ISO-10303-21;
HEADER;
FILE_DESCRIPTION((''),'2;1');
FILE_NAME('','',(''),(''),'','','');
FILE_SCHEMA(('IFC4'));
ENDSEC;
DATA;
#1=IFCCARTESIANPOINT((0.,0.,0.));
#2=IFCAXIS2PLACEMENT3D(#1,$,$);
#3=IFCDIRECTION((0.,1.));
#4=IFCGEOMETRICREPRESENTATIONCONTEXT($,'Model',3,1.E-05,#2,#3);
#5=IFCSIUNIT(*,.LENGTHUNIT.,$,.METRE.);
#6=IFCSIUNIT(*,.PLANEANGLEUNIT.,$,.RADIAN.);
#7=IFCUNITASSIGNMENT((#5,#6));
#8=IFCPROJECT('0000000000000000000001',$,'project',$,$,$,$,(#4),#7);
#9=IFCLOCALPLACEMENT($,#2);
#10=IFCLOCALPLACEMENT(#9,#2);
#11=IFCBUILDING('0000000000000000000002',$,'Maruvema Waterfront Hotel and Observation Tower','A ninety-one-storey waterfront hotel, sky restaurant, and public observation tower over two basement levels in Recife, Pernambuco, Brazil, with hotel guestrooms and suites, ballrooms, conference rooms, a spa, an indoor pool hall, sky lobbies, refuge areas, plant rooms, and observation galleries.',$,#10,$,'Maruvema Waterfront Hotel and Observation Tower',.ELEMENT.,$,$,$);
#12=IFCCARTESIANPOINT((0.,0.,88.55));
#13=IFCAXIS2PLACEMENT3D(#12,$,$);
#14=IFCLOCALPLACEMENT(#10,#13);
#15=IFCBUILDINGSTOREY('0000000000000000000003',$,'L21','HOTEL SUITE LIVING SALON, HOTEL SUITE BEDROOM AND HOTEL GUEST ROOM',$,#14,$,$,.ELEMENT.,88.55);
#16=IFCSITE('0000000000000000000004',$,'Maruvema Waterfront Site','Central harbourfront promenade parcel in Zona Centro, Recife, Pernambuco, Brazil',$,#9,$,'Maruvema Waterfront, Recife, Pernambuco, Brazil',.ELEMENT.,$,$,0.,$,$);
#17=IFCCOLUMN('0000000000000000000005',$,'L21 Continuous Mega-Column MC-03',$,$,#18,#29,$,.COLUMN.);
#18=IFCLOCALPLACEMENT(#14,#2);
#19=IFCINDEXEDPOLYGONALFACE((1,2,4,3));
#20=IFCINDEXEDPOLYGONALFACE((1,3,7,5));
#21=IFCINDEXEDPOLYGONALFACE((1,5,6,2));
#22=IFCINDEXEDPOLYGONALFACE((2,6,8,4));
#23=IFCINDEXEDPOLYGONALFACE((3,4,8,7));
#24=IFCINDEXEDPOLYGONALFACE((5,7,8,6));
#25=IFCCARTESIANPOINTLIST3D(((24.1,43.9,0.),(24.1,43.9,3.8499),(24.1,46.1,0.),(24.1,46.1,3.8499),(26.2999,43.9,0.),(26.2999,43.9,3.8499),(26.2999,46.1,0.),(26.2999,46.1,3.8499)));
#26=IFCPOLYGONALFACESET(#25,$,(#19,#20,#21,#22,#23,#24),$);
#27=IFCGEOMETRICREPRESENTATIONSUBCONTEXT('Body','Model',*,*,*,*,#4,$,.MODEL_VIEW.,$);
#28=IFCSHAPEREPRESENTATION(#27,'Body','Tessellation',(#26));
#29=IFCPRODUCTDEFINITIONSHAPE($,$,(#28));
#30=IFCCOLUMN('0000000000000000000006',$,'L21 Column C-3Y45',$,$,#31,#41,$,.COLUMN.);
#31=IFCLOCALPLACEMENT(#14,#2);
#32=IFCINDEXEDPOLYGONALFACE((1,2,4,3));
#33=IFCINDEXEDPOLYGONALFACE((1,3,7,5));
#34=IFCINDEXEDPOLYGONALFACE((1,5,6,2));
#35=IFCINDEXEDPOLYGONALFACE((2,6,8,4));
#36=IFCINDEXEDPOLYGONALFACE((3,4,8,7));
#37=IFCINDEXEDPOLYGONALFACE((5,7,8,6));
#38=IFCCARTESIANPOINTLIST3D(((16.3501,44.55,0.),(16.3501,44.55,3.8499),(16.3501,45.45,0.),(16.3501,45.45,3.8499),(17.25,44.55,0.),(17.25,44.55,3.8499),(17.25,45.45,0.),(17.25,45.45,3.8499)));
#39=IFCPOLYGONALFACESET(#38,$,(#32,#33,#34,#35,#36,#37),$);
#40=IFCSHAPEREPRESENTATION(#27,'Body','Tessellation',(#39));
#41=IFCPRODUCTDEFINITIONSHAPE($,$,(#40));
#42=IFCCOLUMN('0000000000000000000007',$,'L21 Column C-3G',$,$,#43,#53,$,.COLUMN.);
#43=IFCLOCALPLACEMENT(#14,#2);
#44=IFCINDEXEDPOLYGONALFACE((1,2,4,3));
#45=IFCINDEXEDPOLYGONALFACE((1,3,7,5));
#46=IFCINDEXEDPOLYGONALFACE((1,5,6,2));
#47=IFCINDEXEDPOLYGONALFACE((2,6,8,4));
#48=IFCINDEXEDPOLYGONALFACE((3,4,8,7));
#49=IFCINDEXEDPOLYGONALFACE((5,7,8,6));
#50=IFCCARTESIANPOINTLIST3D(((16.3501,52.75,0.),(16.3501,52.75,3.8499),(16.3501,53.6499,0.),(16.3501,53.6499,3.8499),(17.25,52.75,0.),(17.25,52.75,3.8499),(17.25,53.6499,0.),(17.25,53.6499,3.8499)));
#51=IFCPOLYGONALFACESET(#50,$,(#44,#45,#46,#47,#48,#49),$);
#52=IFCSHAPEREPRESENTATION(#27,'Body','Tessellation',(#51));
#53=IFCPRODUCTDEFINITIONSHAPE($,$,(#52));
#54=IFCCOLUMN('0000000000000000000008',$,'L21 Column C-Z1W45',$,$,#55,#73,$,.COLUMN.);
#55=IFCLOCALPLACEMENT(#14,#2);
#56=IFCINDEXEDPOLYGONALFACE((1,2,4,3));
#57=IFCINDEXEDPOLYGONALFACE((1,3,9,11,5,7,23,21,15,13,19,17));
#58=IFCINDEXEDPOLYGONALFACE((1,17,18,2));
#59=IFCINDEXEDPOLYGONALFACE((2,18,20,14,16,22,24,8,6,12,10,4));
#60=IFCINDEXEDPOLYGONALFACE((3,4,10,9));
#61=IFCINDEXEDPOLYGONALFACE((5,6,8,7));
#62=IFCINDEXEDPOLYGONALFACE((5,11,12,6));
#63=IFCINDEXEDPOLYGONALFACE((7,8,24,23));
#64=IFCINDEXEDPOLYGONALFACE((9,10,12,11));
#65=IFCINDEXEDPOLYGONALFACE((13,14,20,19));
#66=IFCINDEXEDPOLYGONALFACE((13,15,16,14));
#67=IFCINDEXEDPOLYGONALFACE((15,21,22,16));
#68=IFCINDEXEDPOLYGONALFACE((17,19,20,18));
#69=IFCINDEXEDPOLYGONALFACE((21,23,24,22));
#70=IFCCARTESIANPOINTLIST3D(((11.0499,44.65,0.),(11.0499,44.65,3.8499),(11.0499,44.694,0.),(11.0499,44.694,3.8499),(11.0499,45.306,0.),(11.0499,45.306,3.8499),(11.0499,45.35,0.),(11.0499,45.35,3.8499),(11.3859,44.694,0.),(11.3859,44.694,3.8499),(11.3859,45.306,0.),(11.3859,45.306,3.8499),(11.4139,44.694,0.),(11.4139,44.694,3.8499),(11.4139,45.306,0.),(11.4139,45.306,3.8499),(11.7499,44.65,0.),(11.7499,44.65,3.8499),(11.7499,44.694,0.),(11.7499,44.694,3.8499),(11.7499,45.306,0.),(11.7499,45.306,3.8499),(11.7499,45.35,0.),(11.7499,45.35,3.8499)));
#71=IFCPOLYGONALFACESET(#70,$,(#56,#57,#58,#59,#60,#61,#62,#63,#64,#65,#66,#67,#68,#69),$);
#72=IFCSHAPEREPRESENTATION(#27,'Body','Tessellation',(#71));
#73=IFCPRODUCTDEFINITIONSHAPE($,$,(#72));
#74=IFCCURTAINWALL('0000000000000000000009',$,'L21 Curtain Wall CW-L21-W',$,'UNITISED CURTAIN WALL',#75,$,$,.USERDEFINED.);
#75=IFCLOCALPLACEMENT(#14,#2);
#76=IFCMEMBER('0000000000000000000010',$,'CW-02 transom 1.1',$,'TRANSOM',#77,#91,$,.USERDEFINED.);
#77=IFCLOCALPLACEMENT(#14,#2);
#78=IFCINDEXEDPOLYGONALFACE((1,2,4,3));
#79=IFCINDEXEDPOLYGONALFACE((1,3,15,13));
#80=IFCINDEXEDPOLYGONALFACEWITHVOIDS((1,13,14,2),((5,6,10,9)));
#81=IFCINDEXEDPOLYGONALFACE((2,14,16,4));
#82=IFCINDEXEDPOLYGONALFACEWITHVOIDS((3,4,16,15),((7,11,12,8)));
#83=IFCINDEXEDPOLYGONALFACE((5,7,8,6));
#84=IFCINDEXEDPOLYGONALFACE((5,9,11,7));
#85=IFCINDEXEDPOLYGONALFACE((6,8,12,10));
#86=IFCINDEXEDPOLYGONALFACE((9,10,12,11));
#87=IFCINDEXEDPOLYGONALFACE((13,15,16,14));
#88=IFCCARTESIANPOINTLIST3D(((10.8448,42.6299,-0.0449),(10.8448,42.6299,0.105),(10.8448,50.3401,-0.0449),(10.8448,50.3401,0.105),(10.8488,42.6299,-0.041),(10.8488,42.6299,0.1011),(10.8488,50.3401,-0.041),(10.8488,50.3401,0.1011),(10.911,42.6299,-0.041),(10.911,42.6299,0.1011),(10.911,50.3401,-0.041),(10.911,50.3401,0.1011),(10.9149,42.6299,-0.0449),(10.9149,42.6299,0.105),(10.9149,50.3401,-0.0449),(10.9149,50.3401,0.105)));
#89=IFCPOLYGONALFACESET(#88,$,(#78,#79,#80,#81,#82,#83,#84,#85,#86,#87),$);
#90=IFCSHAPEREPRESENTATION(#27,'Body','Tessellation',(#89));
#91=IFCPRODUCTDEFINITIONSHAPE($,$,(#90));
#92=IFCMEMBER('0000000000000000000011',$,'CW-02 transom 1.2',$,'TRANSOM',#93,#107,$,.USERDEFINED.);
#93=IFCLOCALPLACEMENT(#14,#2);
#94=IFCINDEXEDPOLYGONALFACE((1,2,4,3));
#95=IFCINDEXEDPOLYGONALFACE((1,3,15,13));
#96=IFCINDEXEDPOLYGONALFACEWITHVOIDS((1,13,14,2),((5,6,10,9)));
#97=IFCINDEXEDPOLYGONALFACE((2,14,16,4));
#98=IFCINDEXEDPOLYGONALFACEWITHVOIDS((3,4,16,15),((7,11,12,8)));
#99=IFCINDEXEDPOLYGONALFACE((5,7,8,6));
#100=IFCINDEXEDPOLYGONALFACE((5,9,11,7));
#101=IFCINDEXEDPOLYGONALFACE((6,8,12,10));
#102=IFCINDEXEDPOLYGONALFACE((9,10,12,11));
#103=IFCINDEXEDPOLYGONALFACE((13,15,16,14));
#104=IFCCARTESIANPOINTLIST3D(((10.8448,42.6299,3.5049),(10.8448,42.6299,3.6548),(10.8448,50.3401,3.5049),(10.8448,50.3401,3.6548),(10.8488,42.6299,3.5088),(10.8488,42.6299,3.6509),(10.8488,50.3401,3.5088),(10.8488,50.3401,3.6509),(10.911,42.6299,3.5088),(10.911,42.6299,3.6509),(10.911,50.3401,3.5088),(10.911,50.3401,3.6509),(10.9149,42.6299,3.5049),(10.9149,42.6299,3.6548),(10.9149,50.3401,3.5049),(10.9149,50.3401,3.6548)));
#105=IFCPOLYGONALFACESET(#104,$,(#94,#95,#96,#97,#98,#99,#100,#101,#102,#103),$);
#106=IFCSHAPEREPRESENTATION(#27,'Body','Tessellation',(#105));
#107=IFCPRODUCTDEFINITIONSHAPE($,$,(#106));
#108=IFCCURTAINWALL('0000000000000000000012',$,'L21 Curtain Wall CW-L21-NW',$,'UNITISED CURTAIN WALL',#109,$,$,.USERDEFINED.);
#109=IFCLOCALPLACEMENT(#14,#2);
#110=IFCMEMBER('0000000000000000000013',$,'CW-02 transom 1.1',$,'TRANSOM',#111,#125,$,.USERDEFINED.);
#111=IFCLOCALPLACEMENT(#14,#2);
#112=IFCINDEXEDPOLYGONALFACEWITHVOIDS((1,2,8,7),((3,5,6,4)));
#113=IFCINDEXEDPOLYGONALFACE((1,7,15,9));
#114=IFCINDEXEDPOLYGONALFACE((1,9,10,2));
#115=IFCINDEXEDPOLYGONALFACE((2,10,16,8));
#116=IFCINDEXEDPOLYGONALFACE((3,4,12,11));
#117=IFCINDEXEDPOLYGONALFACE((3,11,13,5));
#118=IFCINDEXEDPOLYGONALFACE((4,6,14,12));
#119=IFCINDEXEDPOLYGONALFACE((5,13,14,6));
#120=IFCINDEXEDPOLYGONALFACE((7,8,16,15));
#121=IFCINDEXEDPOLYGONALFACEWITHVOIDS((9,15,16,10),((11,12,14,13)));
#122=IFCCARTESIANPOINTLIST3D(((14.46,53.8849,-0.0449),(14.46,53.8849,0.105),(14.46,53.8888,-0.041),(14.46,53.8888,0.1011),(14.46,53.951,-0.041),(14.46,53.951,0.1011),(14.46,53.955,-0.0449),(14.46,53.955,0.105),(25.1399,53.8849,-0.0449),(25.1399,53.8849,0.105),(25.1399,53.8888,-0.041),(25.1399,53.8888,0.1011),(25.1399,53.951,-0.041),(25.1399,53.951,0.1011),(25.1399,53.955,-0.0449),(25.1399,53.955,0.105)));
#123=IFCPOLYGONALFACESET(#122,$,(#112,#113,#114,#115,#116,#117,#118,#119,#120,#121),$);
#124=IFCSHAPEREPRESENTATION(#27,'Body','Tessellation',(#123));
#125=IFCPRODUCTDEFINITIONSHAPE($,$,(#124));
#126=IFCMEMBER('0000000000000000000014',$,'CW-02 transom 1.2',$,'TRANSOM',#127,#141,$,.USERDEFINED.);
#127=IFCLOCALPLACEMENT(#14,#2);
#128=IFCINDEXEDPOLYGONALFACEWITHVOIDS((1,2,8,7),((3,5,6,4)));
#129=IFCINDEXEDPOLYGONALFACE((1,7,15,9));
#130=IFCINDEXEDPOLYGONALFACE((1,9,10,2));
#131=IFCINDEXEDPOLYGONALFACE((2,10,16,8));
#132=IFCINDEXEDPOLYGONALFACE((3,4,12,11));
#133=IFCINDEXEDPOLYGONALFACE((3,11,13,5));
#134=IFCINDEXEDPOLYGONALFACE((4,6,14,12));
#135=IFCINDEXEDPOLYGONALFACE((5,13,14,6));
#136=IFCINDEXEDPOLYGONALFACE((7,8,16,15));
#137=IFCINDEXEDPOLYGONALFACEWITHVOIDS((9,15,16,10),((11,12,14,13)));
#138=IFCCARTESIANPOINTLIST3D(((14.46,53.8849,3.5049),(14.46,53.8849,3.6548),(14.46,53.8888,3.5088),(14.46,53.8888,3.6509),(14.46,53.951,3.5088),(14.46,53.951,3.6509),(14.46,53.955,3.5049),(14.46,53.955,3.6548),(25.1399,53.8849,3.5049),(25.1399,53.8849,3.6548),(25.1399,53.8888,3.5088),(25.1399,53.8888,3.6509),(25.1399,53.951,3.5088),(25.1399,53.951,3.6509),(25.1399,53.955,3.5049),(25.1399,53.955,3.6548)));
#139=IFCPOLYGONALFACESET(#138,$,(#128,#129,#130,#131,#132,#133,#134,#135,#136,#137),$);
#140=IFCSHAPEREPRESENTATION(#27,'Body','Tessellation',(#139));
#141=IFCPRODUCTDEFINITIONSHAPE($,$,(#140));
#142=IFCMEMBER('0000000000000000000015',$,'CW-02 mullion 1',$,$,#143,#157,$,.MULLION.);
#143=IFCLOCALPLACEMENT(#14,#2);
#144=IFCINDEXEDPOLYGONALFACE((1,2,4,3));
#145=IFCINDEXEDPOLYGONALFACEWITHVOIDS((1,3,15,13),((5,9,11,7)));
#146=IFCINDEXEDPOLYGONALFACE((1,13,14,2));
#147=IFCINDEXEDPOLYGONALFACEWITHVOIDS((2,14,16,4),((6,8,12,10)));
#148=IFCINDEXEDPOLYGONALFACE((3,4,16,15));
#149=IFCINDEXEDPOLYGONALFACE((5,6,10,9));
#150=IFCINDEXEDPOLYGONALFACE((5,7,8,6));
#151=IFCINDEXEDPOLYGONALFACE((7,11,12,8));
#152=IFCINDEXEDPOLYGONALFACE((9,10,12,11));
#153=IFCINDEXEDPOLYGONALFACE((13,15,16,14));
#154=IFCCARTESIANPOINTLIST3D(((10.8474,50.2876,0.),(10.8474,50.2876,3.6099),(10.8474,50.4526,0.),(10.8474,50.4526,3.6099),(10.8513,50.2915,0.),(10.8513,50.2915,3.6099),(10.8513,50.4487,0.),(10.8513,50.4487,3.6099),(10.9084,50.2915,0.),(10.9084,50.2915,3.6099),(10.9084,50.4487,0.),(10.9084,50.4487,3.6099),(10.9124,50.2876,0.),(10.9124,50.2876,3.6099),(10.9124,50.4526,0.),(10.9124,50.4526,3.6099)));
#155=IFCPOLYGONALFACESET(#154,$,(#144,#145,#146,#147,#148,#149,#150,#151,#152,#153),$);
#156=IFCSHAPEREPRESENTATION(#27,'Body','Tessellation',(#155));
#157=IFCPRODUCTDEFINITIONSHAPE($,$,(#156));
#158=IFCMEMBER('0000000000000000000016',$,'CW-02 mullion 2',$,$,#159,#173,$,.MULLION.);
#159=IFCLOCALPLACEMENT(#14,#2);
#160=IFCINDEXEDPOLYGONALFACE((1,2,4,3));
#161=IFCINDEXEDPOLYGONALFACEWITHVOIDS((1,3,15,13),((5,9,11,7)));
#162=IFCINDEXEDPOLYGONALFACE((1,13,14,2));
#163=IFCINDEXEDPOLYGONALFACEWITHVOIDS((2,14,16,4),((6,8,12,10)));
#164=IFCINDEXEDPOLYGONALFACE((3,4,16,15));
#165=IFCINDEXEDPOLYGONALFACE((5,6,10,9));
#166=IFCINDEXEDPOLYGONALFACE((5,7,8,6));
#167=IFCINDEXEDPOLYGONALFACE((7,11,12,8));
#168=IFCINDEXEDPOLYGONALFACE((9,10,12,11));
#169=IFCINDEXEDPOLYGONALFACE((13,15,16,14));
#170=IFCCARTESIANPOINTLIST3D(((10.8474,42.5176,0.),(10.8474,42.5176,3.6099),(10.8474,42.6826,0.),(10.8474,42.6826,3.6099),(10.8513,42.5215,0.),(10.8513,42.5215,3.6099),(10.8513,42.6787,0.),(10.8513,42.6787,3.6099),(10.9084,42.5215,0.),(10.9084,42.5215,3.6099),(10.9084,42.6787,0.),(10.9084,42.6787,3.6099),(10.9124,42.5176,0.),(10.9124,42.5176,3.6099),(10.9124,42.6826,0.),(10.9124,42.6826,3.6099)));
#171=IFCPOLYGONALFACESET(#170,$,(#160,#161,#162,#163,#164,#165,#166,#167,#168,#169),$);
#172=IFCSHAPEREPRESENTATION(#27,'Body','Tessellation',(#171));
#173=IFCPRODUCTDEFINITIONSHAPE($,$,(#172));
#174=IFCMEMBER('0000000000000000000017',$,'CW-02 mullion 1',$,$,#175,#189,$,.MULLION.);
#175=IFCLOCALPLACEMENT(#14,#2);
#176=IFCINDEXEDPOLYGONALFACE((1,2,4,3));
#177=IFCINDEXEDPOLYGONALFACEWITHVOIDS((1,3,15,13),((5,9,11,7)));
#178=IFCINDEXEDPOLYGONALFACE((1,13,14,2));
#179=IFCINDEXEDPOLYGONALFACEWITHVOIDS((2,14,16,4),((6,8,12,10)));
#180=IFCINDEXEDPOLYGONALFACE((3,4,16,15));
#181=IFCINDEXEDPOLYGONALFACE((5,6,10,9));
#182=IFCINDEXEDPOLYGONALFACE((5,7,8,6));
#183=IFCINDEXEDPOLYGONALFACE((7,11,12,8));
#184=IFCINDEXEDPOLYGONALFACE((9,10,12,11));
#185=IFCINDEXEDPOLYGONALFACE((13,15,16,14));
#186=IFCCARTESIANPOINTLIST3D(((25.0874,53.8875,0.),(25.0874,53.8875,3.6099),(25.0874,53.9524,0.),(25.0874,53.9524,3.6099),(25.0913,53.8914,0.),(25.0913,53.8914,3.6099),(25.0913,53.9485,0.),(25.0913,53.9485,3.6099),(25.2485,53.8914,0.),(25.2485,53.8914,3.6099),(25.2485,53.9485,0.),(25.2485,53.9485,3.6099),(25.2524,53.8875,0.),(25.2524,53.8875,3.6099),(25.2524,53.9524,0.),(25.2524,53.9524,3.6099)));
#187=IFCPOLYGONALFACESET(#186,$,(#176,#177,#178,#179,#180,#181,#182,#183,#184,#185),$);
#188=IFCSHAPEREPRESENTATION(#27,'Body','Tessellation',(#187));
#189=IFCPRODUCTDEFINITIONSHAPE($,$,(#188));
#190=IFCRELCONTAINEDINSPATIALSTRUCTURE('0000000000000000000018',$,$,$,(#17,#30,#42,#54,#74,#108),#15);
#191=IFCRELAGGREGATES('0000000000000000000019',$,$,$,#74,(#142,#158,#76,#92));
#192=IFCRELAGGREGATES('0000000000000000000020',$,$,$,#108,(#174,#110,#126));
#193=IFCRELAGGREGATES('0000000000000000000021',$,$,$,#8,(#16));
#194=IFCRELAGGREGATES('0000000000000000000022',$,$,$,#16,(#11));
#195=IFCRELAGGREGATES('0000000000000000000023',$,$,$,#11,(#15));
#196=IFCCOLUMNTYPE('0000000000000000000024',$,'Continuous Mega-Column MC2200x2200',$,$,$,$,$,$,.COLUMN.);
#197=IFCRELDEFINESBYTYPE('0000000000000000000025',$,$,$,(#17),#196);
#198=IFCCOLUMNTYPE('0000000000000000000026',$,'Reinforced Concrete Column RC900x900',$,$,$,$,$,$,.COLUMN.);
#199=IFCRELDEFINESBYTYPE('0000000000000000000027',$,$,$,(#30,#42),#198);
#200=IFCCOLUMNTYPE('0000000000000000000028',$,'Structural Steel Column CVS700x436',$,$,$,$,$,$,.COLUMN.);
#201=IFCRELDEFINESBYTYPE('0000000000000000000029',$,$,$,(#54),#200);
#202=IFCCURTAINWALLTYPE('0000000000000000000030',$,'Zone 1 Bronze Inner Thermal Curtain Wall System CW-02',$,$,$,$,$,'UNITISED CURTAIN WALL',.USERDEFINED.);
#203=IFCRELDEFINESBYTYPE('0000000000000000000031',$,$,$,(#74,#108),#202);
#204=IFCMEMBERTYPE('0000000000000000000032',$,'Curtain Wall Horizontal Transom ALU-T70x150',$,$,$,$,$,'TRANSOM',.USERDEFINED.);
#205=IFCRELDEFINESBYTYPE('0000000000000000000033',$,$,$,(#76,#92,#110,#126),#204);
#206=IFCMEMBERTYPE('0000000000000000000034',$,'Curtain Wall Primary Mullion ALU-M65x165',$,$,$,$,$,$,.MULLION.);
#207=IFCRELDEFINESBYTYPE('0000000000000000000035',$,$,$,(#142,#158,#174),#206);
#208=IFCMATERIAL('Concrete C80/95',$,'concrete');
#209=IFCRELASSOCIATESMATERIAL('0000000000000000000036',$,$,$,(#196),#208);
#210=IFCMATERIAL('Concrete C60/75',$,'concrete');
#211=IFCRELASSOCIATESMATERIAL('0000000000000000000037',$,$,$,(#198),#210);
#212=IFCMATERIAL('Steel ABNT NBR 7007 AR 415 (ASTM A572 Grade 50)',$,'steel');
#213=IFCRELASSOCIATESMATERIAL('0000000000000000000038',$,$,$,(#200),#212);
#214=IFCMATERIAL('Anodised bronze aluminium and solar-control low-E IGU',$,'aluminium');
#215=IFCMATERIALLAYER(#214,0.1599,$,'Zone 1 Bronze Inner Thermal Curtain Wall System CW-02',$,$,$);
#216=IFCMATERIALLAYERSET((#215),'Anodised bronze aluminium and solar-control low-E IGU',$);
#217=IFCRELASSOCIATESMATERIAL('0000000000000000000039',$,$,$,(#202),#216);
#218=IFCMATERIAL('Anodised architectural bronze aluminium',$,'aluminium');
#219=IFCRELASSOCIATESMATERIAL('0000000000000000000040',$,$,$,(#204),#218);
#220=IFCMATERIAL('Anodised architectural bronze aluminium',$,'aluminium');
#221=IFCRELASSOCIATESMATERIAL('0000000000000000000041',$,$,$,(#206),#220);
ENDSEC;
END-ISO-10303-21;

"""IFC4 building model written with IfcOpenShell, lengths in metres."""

from ifc_helpers import new_model, si_unit, direction, frame, origin, origin_2d, place, context, subcontext, project, spatial, rectangle, hollow_rectangle, i_section, extrude, material, layer, layer_set, material_profile, profile_set, type_object, element, aggregate, save


model = new_model("IFC4")

# Units and contexts
model_context = context("Model", 3, precision=1e-05, world=origin(), true_north=direction((0.0, 1.0)))
body_context = subcontext(model_context, "Body", "Model", "MODEL_VIEW")
ifc_project = project(units=[si_unit("LENGTHUNIT", "METRE"), si_unit("PLANEANGLEUNIT", "RADIAN")], contexts=[model_context])

# Site, building, storey
site_placement = place(None, origin())
site = spatial("IfcSite", under=ifc_project, at=site_placement, Name="Maruvema Waterfront Site", Description="Central harbourfront promenade parcel in Zona Centro, Recife, Pernambuco, Brazil", LongName="Maruvema Waterfront, Recife, Pernambuco, Brazil", CompositionType="ELEMENT", RefElevation=0.0)
building_placement = place(site_placement, origin())
building = spatial("IfcBuilding", under=site, at=building_placement, Name="Maruvema Waterfront Hotel and Observation Tower", Description="A ninety-one-storey waterfront hotel, sky restaurant, and public observation tower over two basement levels in Recife, Pernambuco, Brazil, with hotel guestrooms and suites, ballrooms, conference rooms, a spa, an indoor pool hall, sky lobbies, refuge areas, plant rooms, and observation galleries.", LongName="Maruvema Waterfront Hotel and Observation Tower", CompositionType="ELEMENT")
storey_placement = place(building_placement, frame((0.0, 0.0, 88.55)))
storey = spatial("IfcBuildingStorey", under=building, at=storey_placement, Name="L21", Description="HOTEL SUITE LIVING SALON, HOTEL SUITE BEDROOM AND HOTEL GUEST ROOM", CompositionType="ELEMENT", Elevation=88.55)

# Columns
ifc_material_1 = material(Name="Concrete C80/95", Category="concrete")
ifc_material_profile_1 = material_profile(ifc_material_1, rectangle(XDim=2.2, YDim=2.2, at=origin_2d()), Name="MC2200x2200")
ifc_profile_set_1 = profile_set([ifc_material_profile_1], Name="Concrete C80/95")
column_type_1 = type_object("IfcColumnType", Name="Continuous Mega-Column MC2200x2200", PredefinedType="COLUMN", material=ifc_profile_set_1)
column_1_placement = place(storey_placement, frame((25.2, 45.0, 0.0), z_axis=(0.0, 0.0, 1.0), x_axis=(1.0, 0.0, 0.0)))
element("IfcColumn", 1, at=column_1_placement, inside=storey, type_object=column_type_1, Name="L21 Continuous Mega-Column MC-03", PredefinedType="COLUMN", context=body_context, shape_type="SweptSolid", body=[
    extrude(rectangle(XDim=2.2, YDim=2.2, at=origin_2d()), origin(), (0.0, 0.0, 1.0), 3.8499),
])
ifc_material_2 = material(Name="Concrete C60/75", Category="concrete")
ifc_material_profile_2 = material_profile(ifc_material_2, rectangle(XDim=0.8999, YDim=0.8999, at=origin_2d()), Name="RC900x900")
ifc_profile_set_2 = profile_set([ifc_material_profile_2], Name="Concrete C60/75")
column_type_2 = type_object("IfcColumnType", Name="Reinforced Concrete Column RC900x900", PredefinedType="COLUMN", material=ifc_profile_set_2)
for number, where, z_axis, x_axis, name in (
    (2, (16.8, 45.0, 0.0), (0.0, 0.0, 1.0), (1.0, 0.0, 0.0), "L21 Column C-3Y45"),
    (3, (16.8, 53.2, 0.0), (0.0, 0.0, 1.0), (1.0, 0.0, 0.0), "L21 Column C-3G"),
):
    element("IfcColumn", number, at=place(storey_placement, frame(where, z_axis=z_axis, x_axis=x_axis)), inside=storey, type_object=column_type_2, Name=name, PredefinedType="COLUMN", context=body_context, shape_type="SweptSolid", body=[
        extrude(rectangle(XDim=0.8999, YDim=0.8999, at=origin_2d()), origin(), (0.0, 0.0, 1.0), 3.8499),
    ])
ifc_material_3 = material(Name="Steel ABNT NBR 7007 AR 415 (ASTM A572 Grade 50)", Category="steel")
ifc_material_profile_3 = material_profile(ifc_material_3, i_section(OverallWidth=0.7, OverallDepth=0.7, WebThickness=0.0281, FlangeThickness=0.0439, at=origin_2d()), Name="CVS700x436")
ifc_profile_set_3 = profile_set([ifc_material_profile_3], Name="Steel ABNT NBR 7007 AR 415 (ASTM A572 Grade 50)")
column_type_3 = type_object("IfcColumnType", Name="Structural Steel Column CVS700x436", PredefinedType="COLUMN", material=ifc_profile_set_3)
column_2_placement = place(storey_placement, frame((11.3999, 45.0, 0.0), z_axis=(0.0, 0.0, 1.0), x_axis=(1.0, 0.0, 0.0)))
element("IfcColumn", 4, at=column_2_placement, inside=storey, type_object=column_type_3, Name="L21 Column C-Z1W45", PredefinedType="COLUMN", context=body_context, shape_type="SweptSolid", body=[
    extrude(i_section(OverallWidth=0.7, OverallDepth=0.7, WebThickness=0.0281, FlangeThickness=0.0439, at=origin_2d()), origin(), (0.0, 0.0, 1.0), 3.8499),
])

# Curtain walls, members
ifc_material_4 = material(Name="Anodised bronze aluminium and solar-control low-E IGU", Category="aluminium")
ifc_layer_1 = layer(ifc_material_4, 0.1599, Name="Zone 1 Bronze Inner Thermal Curtain Wall System CW-02")
ifc_layer_set_1 = layer_set([ifc_layer_1], Name="Anodised bronze aluminium and solar-control low-E IGU")
curtain_wall_type = type_object("IfcCurtainWallType", Name="Zone 1 Bronze Inner Thermal Curtain Wall System CW-02", ElementType="UNITISED CURTAIN WALL", PredefinedType="USERDEFINED", material=ifc_layer_set_1)
curtain_wall_1_placement = place(storey_placement, origin())
curtain_wall_1 = element("IfcCurtainWall", 5, at=curtain_wall_1_placement, inside=storey, type_object=curtain_wall_type, Name="L21 Curtain Wall CW-L21-W", ObjectType="UNITISED CURTAIN WALL", PredefinedType="USERDEFINED")
ifc_material_5 = material(Name="Anodised architectural bronze aluminium", Category="aluminium")
ifc_material_profile_4 = material_profile(ifc_material_5, hollow_rectangle(XDim=0.0701, YDim=0.1499, WallThickness=0.0039, at=origin_2d()), Name="ALU-T70x150")
ifc_profile_set_4 = profile_set([ifc_material_profile_4], Name="Anodised architectural bronze aluminium")
member_type_1 = type_object("IfcMemberType", Name="Curtain Wall Horizontal Transom ALU-T70x150", ElementType="TRANSOM", PredefinedType="USERDEFINED", material=ifc_profile_set_4)
member_1_placement = place(storey_placement, frame((10.8799, 50.3401, 0.03), z_axis=(0.0, -1.0, 0.0), x_axis=(1.0, 0.0, 0.0)))
member_1 = element("IfcMember", 6, at=member_1_placement, type_object=member_type_1, Name="CW-02 transom 1.1", ObjectType="TRANSOM", PredefinedType="USERDEFINED", context=body_context, shape_type="SweptSolid", body=[
    extrude(hollow_rectangle(XDim=0.0701, YDim=0.1499, WallThickness=0.0039, at=origin_2d()), origin(), (0.0, 0.0, 1.0), 7.7102),
])
member_2_placement = place(storey_placement, frame((10.8799, 50.3401, 3.5798), z_axis=(0.0, -1.0, 0.0), x_axis=(1.0, 0.0, 0.0)))
member_2 = element("IfcMember", 7, at=member_2_placement, type_object=member_type_1, Name="CW-02 transom 1.2", ObjectType="TRANSOM", PredefinedType="USERDEFINED", context=body_context, shape_type="SweptSolid", body=[
    extrude(hollow_rectangle(XDim=0.0701, YDim=0.1499, WallThickness=0.0039, at=origin_2d()), origin(), (0.0, 0.0, 1.0), 7.7102),
])
curtain_wall_2_placement = place(storey_placement, origin())
curtain_wall_2 = element("IfcCurtainWall", 8, at=curtain_wall_2_placement, inside=storey, type_object=curtain_wall_type, Name="L21 Curtain Wall CW-L21-NW", ObjectType="UNITISED CURTAIN WALL", PredefinedType="USERDEFINED")
member_3_placement = place(storey_placement, frame((25.1399, 53.9199, 0.03), z_axis=(-1.0, 0.0, 0.0), x_axis=(0.0, -1.0, 0.0)))
member_3 = element("IfcMember", 9, at=member_3_placement, type_object=member_type_1, Name="CW-02 transom 1.1", ObjectType="TRANSOM", PredefinedType="USERDEFINED", context=body_context, shape_type="SweptSolid", body=[
    extrude(hollow_rectangle(XDim=0.0701, YDim=0.1499, WallThickness=0.0039, at=origin_2d()), origin(), (0.0, 0.0, 1.0), 10.6799),
])
member_4_placement = place(storey_placement, frame((25.1399, 53.9199, 3.5798), z_axis=(-1.0, 0.0, 0.0), x_axis=(0.0, -1.0, 0.0)))
member_4 = element("IfcMember", 10, at=member_4_placement, type_object=member_type_1, Name="CW-02 transom 1.2", ObjectType="TRANSOM", PredefinedType="USERDEFINED", context=body_context, shape_type="SweptSolid", body=[
    extrude(hollow_rectangle(XDim=0.0701, YDim=0.1499, WallThickness=0.0039, at=origin_2d()), origin(), (0.0, 0.0, 1.0), 10.6799),
])

# Members
ifc_material_6 = material(Name="Anodised architectural bronze aluminium", Category="aluminium")
ifc_material_profile_5 = material_profile(ifc_material_6, hollow_rectangle(XDim=0.0649, YDim=0.165, WallThickness=0.0039, at=origin_2d()), Name="ALU-M65x165")
ifc_profile_set_5 = profile_set([ifc_material_profile_5], Name="Anodised architectural bronze aluminium")
member_type_2 = type_object("IfcMemberType", Name="Curtain Wall Primary Mullion ALU-M65x165", PredefinedType="MULLION", material=ifc_profile_set_5)
member_5_placement = place(storey_placement, frame((10.8799, 50.3701, 0.0), z_axis=(0.0, 0.0, 1.0), x_axis=(1.0, 0.0, 0.0)))
member_5 = element("IfcMember", 11, at=member_5_placement, type_object=member_type_2, Name="CW-02 mullion 1", PredefinedType="MULLION", context=body_context, shape_type="SweptSolid", body=[
    extrude(hollow_rectangle(XDim=0.0649, YDim=0.165, WallThickness=0.0039, at=origin_2d()), origin(), (0.0, 0.0, 1.0), 3.6099),
])
member_6_placement = place(storey_placement, frame((10.8799, 42.6001, 0.0), z_axis=(0.0, 0.0, 1.0), x_axis=(1.0, 0.0, 0.0)))
member_6 = element("IfcMember", 12, at=member_6_placement, type_object=member_type_2, Name="CW-02 mullion 2", PredefinedType="MULLION", context=body_context, shape_type="SweptSolid", body=[
    extrude(hollow_rectangle(XDim=0.0649, YDim=0.165, WallThickness=0.0039, at=origin_2d()), origin(), (0.0, 0.0, 1.0), 3.6099),
])
member_7_placement = place(storey_placement, frame((25.1699, 53.9199, 0.0), z_axis=(0.0, 0.0, 1.0), x_axis=(0.0, -1.0, 0.0)))
member_7 = element("IfcMember", 13, at=member_7_placement, type_object=member_type_2, Name="CW-02 mullion 1", PredefinedType="MULLION", context=body_context, shape_type="SweptSolid", body=[
    extrude(hollow_rectangle(XDim=0.0649, YDim=0.165, WallThickness=0.0039, at=origin_2d()), origin(), (0.0, 0.0, 1.0), 3.6099),
])

aggregate(curtain_wall_1, [member_5, member_6, member_1, member_2])
aggregate(curtain_wall_2, [member_7, member_3, member_4])

save(model, "model.ifc")
